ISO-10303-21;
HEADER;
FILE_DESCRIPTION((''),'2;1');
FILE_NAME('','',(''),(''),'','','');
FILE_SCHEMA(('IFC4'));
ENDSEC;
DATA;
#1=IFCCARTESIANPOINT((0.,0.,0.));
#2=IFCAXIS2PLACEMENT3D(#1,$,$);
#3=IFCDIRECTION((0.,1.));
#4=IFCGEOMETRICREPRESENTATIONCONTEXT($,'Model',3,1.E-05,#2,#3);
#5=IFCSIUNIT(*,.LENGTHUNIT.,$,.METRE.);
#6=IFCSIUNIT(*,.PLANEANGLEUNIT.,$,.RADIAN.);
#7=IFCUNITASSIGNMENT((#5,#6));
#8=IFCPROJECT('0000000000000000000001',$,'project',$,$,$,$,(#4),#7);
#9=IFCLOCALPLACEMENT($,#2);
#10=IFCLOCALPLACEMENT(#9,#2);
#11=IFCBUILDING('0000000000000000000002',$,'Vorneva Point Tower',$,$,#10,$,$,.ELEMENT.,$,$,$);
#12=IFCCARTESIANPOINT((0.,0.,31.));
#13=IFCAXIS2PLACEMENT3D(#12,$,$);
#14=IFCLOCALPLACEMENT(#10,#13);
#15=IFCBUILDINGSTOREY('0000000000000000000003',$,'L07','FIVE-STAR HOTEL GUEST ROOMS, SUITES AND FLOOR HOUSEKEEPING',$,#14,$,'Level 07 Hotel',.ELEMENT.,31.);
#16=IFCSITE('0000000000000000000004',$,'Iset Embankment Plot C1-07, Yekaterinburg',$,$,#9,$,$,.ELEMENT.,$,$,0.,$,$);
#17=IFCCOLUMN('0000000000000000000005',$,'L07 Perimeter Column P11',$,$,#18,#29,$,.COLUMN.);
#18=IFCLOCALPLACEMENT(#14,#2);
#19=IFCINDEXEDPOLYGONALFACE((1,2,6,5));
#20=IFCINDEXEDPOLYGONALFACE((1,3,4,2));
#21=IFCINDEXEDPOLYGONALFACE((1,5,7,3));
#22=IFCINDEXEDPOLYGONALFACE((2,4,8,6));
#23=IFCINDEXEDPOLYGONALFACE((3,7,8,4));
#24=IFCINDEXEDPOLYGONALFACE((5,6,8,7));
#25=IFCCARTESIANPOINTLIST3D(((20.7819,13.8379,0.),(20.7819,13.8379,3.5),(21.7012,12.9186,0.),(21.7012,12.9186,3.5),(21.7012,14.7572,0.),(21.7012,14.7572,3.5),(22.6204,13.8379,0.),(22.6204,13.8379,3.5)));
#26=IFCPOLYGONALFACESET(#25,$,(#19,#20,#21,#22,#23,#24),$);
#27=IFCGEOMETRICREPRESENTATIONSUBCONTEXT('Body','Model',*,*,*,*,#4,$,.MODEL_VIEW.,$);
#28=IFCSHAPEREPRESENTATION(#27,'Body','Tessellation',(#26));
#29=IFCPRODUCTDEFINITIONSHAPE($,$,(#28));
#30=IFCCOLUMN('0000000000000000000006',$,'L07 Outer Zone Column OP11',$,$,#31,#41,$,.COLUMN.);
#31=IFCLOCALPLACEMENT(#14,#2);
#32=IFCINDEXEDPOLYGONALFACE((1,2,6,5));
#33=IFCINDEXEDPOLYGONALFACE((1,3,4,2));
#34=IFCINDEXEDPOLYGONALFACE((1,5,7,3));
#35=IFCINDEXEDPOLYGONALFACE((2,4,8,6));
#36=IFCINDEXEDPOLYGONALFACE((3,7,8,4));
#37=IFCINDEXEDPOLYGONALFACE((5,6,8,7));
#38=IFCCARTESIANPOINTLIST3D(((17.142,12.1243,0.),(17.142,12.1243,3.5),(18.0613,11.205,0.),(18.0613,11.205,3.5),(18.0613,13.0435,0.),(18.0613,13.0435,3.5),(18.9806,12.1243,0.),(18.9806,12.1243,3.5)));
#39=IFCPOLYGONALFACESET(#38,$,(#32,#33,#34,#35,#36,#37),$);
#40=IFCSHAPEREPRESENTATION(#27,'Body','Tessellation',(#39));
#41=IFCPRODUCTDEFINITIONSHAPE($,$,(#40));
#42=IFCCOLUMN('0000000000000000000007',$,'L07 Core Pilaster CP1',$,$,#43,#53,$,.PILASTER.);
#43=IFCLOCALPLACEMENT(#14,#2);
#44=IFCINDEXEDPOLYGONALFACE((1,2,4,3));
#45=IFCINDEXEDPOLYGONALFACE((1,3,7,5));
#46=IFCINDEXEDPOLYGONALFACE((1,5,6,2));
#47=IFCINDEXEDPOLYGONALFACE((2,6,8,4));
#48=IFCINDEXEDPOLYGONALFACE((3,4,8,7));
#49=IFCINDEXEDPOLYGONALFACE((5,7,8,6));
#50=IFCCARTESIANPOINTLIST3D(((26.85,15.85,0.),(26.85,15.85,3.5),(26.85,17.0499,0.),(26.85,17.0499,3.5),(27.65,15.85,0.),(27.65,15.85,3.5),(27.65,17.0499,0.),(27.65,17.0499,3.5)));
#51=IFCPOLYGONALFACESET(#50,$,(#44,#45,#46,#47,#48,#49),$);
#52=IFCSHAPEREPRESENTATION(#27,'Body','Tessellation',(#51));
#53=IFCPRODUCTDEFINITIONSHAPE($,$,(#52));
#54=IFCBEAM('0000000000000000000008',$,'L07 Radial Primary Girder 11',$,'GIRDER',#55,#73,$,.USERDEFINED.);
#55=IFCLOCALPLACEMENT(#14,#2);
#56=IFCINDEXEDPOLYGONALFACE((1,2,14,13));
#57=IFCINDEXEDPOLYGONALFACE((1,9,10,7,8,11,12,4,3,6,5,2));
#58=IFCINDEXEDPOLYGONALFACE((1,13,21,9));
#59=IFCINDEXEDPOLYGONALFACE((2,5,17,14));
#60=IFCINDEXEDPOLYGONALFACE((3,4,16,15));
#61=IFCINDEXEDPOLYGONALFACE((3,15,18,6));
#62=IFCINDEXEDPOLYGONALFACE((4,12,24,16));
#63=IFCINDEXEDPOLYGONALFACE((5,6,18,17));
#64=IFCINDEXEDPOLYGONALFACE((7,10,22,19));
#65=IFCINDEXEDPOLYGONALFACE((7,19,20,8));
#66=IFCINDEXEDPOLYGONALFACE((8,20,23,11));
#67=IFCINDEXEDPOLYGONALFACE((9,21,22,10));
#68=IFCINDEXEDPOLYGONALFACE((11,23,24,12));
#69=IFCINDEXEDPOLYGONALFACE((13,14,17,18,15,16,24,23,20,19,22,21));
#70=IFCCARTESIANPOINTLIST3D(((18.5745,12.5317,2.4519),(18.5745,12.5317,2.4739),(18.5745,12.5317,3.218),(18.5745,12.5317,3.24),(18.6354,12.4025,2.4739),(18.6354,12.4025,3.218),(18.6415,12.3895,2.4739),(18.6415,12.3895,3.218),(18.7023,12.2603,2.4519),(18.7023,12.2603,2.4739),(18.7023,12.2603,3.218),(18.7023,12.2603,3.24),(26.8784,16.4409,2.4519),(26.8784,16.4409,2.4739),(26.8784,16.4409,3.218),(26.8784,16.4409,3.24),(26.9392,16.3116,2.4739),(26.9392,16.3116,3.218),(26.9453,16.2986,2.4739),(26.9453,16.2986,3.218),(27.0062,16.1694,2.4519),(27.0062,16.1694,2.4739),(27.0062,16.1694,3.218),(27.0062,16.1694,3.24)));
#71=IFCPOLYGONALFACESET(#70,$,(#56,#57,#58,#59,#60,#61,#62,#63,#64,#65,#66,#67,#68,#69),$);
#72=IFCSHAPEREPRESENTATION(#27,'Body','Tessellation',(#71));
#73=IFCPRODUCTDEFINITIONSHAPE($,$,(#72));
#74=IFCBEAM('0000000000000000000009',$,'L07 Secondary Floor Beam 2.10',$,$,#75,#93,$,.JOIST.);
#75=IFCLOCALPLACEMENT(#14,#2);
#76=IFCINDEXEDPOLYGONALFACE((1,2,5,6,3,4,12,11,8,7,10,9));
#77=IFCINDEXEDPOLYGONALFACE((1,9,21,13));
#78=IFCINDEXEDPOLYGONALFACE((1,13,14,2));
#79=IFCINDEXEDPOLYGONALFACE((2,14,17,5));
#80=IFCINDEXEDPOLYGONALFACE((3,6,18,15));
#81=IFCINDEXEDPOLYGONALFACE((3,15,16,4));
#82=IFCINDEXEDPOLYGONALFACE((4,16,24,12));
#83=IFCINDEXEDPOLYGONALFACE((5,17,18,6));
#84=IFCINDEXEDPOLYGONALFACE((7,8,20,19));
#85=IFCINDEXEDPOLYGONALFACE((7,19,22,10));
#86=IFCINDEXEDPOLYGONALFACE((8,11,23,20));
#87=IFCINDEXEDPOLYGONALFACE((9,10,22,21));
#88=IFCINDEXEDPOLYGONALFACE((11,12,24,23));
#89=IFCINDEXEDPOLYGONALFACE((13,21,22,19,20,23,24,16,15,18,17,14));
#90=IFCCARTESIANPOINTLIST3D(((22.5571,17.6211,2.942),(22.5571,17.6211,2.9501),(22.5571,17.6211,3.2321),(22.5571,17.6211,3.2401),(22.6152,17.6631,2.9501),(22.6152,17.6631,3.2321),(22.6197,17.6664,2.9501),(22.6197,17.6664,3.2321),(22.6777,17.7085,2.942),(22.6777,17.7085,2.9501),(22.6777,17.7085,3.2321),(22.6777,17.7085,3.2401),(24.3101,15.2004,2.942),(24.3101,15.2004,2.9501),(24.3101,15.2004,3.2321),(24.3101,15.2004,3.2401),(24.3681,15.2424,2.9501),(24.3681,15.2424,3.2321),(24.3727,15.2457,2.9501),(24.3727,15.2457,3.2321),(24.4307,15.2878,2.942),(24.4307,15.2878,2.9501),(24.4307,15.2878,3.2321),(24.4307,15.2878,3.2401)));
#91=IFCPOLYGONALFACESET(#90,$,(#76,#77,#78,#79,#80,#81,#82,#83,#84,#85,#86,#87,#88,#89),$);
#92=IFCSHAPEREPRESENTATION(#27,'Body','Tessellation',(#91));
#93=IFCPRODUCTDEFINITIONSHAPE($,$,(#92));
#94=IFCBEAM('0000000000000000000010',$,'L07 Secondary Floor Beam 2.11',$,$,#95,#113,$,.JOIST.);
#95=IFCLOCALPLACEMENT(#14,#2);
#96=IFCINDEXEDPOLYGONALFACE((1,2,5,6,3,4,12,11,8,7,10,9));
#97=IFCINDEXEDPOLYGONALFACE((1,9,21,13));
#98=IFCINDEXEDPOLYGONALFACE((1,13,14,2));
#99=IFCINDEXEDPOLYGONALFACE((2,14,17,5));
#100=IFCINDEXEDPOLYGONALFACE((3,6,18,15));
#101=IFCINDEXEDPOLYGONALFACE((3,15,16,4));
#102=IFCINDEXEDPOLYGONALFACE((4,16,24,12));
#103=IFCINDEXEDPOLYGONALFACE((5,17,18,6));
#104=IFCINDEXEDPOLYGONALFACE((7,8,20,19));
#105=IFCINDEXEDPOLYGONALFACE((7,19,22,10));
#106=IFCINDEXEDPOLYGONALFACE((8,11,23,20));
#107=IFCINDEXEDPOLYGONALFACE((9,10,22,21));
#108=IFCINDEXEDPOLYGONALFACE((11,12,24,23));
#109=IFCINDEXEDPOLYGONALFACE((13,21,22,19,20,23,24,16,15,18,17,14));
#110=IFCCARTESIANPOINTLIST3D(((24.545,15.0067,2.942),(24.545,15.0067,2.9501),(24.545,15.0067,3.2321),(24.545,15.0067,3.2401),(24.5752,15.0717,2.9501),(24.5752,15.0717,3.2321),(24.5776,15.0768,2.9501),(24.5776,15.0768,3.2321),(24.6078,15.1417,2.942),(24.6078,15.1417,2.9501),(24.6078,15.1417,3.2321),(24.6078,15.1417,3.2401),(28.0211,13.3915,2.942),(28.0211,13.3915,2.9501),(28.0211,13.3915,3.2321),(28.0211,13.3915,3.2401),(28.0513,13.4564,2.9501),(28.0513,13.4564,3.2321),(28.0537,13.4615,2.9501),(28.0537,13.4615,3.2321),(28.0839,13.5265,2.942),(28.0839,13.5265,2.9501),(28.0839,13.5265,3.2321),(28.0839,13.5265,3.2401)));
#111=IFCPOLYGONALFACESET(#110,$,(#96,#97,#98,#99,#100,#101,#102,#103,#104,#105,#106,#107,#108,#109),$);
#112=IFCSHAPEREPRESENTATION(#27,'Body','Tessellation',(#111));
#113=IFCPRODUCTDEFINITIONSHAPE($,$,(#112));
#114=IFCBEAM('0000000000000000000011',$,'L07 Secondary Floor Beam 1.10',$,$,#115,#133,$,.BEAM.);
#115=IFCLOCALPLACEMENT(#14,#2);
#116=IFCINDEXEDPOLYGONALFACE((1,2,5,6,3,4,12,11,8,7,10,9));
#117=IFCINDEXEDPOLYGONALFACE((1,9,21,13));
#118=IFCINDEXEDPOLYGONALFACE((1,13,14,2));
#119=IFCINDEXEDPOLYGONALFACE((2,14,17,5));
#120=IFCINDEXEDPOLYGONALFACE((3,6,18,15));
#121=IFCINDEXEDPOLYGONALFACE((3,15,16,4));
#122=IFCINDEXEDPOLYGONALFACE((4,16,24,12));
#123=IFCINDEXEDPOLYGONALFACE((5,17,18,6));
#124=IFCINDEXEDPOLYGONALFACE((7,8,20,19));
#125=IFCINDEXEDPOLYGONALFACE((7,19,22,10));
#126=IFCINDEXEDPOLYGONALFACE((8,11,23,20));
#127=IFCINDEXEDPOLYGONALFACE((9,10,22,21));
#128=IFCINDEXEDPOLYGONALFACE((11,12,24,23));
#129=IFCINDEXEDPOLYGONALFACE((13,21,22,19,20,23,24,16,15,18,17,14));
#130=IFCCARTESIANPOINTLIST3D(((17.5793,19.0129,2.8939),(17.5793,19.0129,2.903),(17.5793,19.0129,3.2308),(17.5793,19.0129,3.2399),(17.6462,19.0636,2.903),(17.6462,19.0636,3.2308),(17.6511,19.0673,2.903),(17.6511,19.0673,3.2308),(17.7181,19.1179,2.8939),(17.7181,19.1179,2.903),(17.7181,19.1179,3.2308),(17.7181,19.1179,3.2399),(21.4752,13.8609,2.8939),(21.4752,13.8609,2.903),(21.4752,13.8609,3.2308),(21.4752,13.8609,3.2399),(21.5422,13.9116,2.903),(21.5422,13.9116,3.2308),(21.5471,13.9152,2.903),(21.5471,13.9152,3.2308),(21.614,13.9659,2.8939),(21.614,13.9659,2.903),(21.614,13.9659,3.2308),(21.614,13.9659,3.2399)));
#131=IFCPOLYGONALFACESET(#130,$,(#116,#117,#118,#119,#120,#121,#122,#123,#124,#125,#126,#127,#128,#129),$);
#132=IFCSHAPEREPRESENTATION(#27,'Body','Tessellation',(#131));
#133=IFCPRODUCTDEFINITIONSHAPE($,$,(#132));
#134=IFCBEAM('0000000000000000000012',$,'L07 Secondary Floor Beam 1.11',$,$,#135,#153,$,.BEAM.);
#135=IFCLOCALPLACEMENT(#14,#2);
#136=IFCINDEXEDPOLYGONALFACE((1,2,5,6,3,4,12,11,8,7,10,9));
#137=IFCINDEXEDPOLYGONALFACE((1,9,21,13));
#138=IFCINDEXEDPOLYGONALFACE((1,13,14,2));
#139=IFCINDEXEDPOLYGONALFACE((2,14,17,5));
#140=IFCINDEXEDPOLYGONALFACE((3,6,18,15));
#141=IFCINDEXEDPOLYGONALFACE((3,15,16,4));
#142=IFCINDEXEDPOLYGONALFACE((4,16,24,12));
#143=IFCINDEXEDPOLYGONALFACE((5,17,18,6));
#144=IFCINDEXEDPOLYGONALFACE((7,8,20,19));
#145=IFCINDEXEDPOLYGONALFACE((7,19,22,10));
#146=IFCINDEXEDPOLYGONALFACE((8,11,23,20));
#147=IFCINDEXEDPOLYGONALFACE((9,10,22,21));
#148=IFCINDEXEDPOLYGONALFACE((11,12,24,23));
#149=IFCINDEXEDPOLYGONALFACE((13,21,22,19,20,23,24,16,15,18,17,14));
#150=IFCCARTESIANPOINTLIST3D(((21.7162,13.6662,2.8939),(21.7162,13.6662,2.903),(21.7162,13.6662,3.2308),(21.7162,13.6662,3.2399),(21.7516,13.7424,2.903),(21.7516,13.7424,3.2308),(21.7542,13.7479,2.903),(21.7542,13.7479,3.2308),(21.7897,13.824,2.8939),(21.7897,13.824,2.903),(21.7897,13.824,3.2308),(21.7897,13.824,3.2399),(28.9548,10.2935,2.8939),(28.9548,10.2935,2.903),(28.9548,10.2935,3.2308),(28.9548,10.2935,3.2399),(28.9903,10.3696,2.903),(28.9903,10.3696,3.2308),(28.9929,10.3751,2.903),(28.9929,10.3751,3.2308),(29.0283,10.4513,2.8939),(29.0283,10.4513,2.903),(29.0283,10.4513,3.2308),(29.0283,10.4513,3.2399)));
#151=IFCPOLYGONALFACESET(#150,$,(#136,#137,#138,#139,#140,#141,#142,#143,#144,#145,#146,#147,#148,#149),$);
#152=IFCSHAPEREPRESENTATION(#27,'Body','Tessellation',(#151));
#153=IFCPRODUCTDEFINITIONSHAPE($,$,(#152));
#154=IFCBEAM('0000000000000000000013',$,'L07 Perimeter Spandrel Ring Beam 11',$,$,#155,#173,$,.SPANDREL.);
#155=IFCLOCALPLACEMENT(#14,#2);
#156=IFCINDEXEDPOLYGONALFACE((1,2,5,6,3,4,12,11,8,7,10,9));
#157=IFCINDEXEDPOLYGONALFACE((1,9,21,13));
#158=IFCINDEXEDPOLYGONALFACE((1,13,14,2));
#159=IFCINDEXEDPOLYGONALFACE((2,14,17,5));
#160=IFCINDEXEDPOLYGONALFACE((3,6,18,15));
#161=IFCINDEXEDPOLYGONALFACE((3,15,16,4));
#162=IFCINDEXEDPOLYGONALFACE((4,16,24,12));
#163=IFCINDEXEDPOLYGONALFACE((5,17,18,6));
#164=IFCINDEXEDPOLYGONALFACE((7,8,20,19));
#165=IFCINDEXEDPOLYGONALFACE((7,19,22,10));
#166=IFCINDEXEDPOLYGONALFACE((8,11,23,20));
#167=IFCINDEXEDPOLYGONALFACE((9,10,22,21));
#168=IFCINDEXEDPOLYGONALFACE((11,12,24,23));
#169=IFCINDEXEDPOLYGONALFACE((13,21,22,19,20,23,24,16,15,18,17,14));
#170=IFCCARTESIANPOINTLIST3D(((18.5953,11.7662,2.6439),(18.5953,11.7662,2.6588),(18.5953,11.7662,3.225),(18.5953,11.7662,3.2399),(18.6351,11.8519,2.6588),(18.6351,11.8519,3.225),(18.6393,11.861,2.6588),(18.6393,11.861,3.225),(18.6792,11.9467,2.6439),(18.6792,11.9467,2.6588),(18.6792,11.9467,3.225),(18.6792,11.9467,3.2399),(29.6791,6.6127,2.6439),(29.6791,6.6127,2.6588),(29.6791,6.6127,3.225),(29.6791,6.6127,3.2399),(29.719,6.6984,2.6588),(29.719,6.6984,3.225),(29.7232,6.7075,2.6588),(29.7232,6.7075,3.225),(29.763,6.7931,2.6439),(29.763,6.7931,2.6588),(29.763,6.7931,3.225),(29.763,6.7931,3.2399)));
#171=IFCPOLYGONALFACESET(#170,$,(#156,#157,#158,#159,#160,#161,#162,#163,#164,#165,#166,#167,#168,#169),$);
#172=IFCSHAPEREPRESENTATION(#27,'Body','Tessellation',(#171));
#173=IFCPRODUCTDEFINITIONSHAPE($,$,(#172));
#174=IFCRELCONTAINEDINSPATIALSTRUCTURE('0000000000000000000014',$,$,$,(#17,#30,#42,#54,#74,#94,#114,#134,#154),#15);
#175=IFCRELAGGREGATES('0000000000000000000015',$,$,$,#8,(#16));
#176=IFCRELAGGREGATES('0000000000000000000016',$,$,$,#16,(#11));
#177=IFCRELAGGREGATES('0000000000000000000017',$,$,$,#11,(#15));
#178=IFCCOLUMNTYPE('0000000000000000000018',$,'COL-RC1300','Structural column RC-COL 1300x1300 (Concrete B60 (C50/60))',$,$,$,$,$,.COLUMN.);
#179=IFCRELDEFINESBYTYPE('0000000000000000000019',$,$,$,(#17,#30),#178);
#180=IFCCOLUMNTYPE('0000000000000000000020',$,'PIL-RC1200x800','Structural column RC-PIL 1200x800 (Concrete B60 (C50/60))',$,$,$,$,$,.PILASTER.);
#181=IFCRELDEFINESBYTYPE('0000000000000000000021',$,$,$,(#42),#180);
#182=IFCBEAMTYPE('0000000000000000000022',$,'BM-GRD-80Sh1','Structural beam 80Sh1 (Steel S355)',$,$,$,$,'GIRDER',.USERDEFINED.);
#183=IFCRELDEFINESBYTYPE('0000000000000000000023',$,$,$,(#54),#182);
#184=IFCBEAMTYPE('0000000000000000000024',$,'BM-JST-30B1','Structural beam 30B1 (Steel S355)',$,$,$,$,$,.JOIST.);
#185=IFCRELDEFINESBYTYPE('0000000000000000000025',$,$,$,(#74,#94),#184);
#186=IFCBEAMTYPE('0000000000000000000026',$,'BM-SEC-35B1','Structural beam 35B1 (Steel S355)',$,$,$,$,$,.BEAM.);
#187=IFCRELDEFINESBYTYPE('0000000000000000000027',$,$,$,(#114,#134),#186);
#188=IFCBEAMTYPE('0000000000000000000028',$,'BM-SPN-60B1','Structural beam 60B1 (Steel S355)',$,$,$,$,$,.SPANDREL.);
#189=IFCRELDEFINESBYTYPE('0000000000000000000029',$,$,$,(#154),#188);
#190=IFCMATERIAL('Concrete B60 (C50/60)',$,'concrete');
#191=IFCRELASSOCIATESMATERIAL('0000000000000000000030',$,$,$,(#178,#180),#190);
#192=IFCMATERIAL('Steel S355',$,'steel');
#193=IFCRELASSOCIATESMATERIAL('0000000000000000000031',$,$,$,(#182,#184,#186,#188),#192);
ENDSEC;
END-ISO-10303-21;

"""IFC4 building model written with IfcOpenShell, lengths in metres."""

from ifc_helpers import new_model, si_unit, direction, frame, origin, origin_2d, place, context, subcontext, project, spatial, rectangle, i_section, extrude, material, material_profile, profile_set, type_object, element, save


model = new_model("IFC4")

# Units and contexts
model_context = context("Model", 3, precision=1e-05, world=origin(), true_north=direction((0.0, 1.0)))
body_context = subcontext(model_context, "Body", "Model", "MODEL_VIEW")
ifc_project = project(units=[si_unit("LENGTHUNIT", "METRE"), si_unit("PLANEANGLEUNIT", "RADIAN")], contexts=[model_context])

# Site, building, storey
site_placement = place(None, origin())
site = spatial("IfcSite", under=ifc_project, at=site_placement, Name="Iset Embankment Plot C1-07, Yekaterinburg", CompositionType="ELEMENT", RefElevation=0.0)
building_placement = place(site_placement, origin())
building = spatial("IfcBuilding", under=site, at=building_placement, Name="Vorneva Point Tower", CompositionType="ELEMENT")
storey_placement = place(building_placement, frame((0.0, 0.0, 31.0)))
storey = spatial("IfcBuildingStorey", under=building, at=storey_placement, Name="L07", Description="FIVE-STAR HOTEL GUEST ROOMS, SUITES AND FLOOR HOUSEKEEPING", LongName="Level 07 Hotel", CompositionType="ELEMENT", Elevation=31.0)

# Columns
ifc_material_1 = material(Name="Concrete B60 (C50/60)", Category="concrete")
ifc_material_profile_1 = material_profile(ifc_material_1, rectangle(XDim=1.3, YDim=1.3, at=origin_2d()), Name="RC-COL 1300x1300")
ifc_profile_set_1 = profile_set([ifc_material_profile_1], Name="Concrete B60 (C50/60)")
column_type_1 = type_object("IfcColumnType", Name="COL-RC1300", Description="Structural column RC-COL 1300x1300 (Concrete B60 (C50/60))", PredefinedType="COLUMN", material=ifc_profile_set_1)
for number, where, z_axis, x_axis, name in (
    (1, (21.7012, 13.8379, 0.0), (0.0, 0.0, 1.0), (-0.707107, -0.707107, 0.0), "L07 Perimeter Column P11"),
    (2, (18.0613, 12.1243, 0.0), (0.0, 0.0, 1.0), (-0.707107, -0.707107, 0.0), "L07 Outer Zone Column OP11"),
):
    element("IfcColumn", number, at=place(storey_placement, frame(where, z_axis=z_axis, x_axis=x_axis)), inside=storey, type_object=column_type_1, Name=name, PredefinedType="COLUMN", context=body_context, shape_type="SweptSolid", body=[
        extrude(rectangle(XDim=1.3, YDim=1.3, at=origin_2d()), origin(), (0.0, 0.0, 1.0), 3.5),
    ])
ifc_material_profile_2 = material_profile(ifc_material_1, rectangle(XDim=0.8, YDim=1.2, at=origin_2d()), Name="RC-PIL 1200x800")
ifc_profile_set_2 = profile_set([ifc_material_profile_2], Name="Concrete B60 (C50/60)")
column_type_2 = type_object("IfcColumnType", Name="PIL-RC1200x800", Description="Structural column RC-PIL 1200x800 (Concrete B60 (C50/60))", PredefinedType="PILASTER", material=ifc_profile_set_2)
column_placement = place(storey_placement, frame((27.25, 16.45, 0.0), z_axis=(0.0, 0.0, 1.0), x_axis=(1.0, 0.0, 0.0)))
element("IfcColumn", 3, at=column_placement, inside=storey, type_object=column_type_2, Name="L07 Core Pilaster CP1", PredefinedType="PILASTER", context=body_context, shape_type="SweptSolid", body=[
    extrude(rectangle(XDim=0.8, YDim=1.2, at=origin_2d()), origin(), (0.0, 0.0, 1.0), 3.5),
])

# Beams
ifc_material_2 = material(Name="Steel S355", Category="steel")
ifc_material_profile_3 = material_profile(ifc_material_2, i_section(OverallWidth=0.3, OverallDepth=0.7881, WebThickness=0.0144, FlangeThickness=0.022, at=origin_2d()), Name="80Sh1")
ifc_profile_set_3 = profile_set([ifc_material_profile_3], Name="Steel S355")
beam_type_1 = type_object("IfcBeamType", Name="BM-GRD-80Sh1", Description="Structural beam 80Sh1 (Steel S355)", ElementType="GIRDER", PredefinedType="USERDEFINED", material=ifc_profile_set_3)
beam_1_placement = place(storey_placement, frame((18.6384, 12.396, 2.8459), z_axis=(0.904758, 0.425925, 0.0), x_axis=(-0.425925, 0.904758, 0.0)))
element("IfcBeam", 4, at=beam_1_placement, inside=storey, type_object=beam_type_1, Name="L07 Radial Primary Girder 11", ObjectType="GIRDER", PredefinedType="USERDEFINED", context=body_context, shape_type="SweptSolid", body=[
    extrude(i_section(OverallWidth=0.3, OverallDepth=0.7881, WebThickness=0.0144, FlangeThickness=0.022, at=origin_2d()), origin(), (0.0, 0.0, 1.0), 9.178),
])
ifc_material_profile_4 = material_profile(ifc_material_2, i_section(OverallWidth=0.1489, OverallDepth=0.2981, WebThickness=0.0056, FlangeThickness=0.0081, at=origin_2d()), Name="30B1")
ifc_profile_set_4 = profile_set([ifc_material_profile_4], Name="Steel S355")
beam_type_2 = type_object("IfcBeamType", Name="BM-JST-30B1", Description="Structural beam 30B1 (Steel S355)", PredefinedType="JOIST", material=ifc_profile_set_4)
beam_2_placement = place(storey_placement, frame((22.6174, 17.6648, 3.0911), z_axis=(0.586519, -0.809935, 0.0), x_axis=(0.809935, 0.586519, 0.0)))
element("IfcBeam", 5, at=beam_2_placement, inside=storey, type_object=beam_type_2, Name="L07 Secondary Floor Beam 2.10", PredefinedType="JOIST", context=body_context, shape_type="SweptSolid", body=[
    extrude(i_section(OverallWidth=0.1489, OverallDepth=0.2981, WebThickness=0.0056, FlangeThickness=0.0081, at=origin_2d()), origin(), (0.0, 0.0, 1.0), 2.9888),
])
beam_3_placement = place(storey_placement, frame((24.5764, 15.0742, 3.0911), z_axis=(0.906875, -0.421399, 0.0), x_axis=(0.421399, 0.906875, 0.0)))
element("IfcBeam", 6, at=beam_3_placement, inside=storey, type_object=beam_type_2, Name="L07 Secondary Floor Beam 2.11", PredefinedType="JOIST", context=body_context, shape_type="SweptSolid", body=[
    extrude(i_section(OverallWidth=0.1489, OverallDepth=0.2981, WebThickness=0.0056, FlangeThickness=0.0081, at=origin_2d()), origin(), (0.0, 0.0, 1.0), 3.833),
])
ifc_material_profile_5 = material_profile(ifc_material_2, i_section(OverallWidth=0.1741, OverallDepth=0.3459, WebThickness=0.0061, FlangeThickness=0.009, at=origin_2d()), Name="35B1")
ifc_profile_set_5 = profile_set([ifc_material_profile_5], Name="Steel S355")
beam_type_3 = type_object("IfcBeamType", Name="BM-SEC-35B1", Description="Structural beam 35B1 (Steel S355)", PredefinedType="BEAM", material=ifc_profile_set_5)
beam_4_placement = place(storey_placement, frame((17.6487, 19.0654, 3.0669), z_axis=(0.603158, -0.797622, 0.0), x_axis=(0.797622, 0.603158, 0.0)))
element("IfcBeam", 7, at=beam_4_placement, inside=storey, type_object=beam_type_3, Name="L07 Secondary Floor Beam 1.10", PredefinedType="BEAM", context=body_context, shape_type="SweptSolid", body=[
    extrude(i_section(OverallWidth=0.1741, OverallDepth=0.3459, WebThickness=0.0061, FlangeThickness=0.009, at=origin_2d()), origin(), (0.0, 0.0, 1.0), 6.4592),
])
beam_5_placement = place(storey_placement, frame((21.7529, 13.7451, 3.0669), z_axis=(0.906437, -0.422341, 0.0), x_axis=(0.422341, 0.906437, 0.0)))
element("IfcBeam", 8, at=beam_5_placement, inside=storey, type_object=beam_type_3, Name="L07 Secondary Floor Beam 1.11", PredefinedType="BEAM", context=body_context, shape_type="SweptSolid", body=[
    extrude(i_section(OverallWidth=0.1741, OverallDepth=0.3459, WebThickness=0.0061, FlangeThickness=0.009, at=origin_2d()), origin(), (0.0, 0.0, 1.0), 7.9858),
])
ifc_material_profile_6 = material_profile(ifc_material_2, i_section(OverallWidth=0.199, OverallDepth=0.5959, WebThickness=0.01, FlangeThickness=0.0149, at=origin_2d()), Name="60B1")
ifc_profile_set_6 = profile_set([ifc_material_profile_6], Name="Steel S355")
beam_type_4 = type_object("IfcBeamType", Name="BM-SPN-60B1", Description="Structural beam 60B1 (Steel S355)", PredefinedType="SPANDREL", material=ifc_profile_set_6)
beam_6_placement = place(storey_placement, frame((18.6372, 11.8564, 2.9419), z_axis=(0.906777, -0.421611, 0.0), x_axis=(0.421611, 0.906777, 0.0)))
element("IfcBeam", 9, at=beam_6_placement, inside=storey, type_object=beam_type_4, Name="L07 Perimeter Spandrel Ring Beam 11", PredefinedType="SPANDREL", context=body_context, shape_type="SweptSolid", body=[
    extrude(i_section(OverallWidth=0.199, OverallDepth=0.5959, WebThickness=0.01, FlangeThickness=0.0149, at=origin_2d()), origin(), (0.0, 0.0, 1.0), 12.2234),
])

save(model, "model.ifc")
